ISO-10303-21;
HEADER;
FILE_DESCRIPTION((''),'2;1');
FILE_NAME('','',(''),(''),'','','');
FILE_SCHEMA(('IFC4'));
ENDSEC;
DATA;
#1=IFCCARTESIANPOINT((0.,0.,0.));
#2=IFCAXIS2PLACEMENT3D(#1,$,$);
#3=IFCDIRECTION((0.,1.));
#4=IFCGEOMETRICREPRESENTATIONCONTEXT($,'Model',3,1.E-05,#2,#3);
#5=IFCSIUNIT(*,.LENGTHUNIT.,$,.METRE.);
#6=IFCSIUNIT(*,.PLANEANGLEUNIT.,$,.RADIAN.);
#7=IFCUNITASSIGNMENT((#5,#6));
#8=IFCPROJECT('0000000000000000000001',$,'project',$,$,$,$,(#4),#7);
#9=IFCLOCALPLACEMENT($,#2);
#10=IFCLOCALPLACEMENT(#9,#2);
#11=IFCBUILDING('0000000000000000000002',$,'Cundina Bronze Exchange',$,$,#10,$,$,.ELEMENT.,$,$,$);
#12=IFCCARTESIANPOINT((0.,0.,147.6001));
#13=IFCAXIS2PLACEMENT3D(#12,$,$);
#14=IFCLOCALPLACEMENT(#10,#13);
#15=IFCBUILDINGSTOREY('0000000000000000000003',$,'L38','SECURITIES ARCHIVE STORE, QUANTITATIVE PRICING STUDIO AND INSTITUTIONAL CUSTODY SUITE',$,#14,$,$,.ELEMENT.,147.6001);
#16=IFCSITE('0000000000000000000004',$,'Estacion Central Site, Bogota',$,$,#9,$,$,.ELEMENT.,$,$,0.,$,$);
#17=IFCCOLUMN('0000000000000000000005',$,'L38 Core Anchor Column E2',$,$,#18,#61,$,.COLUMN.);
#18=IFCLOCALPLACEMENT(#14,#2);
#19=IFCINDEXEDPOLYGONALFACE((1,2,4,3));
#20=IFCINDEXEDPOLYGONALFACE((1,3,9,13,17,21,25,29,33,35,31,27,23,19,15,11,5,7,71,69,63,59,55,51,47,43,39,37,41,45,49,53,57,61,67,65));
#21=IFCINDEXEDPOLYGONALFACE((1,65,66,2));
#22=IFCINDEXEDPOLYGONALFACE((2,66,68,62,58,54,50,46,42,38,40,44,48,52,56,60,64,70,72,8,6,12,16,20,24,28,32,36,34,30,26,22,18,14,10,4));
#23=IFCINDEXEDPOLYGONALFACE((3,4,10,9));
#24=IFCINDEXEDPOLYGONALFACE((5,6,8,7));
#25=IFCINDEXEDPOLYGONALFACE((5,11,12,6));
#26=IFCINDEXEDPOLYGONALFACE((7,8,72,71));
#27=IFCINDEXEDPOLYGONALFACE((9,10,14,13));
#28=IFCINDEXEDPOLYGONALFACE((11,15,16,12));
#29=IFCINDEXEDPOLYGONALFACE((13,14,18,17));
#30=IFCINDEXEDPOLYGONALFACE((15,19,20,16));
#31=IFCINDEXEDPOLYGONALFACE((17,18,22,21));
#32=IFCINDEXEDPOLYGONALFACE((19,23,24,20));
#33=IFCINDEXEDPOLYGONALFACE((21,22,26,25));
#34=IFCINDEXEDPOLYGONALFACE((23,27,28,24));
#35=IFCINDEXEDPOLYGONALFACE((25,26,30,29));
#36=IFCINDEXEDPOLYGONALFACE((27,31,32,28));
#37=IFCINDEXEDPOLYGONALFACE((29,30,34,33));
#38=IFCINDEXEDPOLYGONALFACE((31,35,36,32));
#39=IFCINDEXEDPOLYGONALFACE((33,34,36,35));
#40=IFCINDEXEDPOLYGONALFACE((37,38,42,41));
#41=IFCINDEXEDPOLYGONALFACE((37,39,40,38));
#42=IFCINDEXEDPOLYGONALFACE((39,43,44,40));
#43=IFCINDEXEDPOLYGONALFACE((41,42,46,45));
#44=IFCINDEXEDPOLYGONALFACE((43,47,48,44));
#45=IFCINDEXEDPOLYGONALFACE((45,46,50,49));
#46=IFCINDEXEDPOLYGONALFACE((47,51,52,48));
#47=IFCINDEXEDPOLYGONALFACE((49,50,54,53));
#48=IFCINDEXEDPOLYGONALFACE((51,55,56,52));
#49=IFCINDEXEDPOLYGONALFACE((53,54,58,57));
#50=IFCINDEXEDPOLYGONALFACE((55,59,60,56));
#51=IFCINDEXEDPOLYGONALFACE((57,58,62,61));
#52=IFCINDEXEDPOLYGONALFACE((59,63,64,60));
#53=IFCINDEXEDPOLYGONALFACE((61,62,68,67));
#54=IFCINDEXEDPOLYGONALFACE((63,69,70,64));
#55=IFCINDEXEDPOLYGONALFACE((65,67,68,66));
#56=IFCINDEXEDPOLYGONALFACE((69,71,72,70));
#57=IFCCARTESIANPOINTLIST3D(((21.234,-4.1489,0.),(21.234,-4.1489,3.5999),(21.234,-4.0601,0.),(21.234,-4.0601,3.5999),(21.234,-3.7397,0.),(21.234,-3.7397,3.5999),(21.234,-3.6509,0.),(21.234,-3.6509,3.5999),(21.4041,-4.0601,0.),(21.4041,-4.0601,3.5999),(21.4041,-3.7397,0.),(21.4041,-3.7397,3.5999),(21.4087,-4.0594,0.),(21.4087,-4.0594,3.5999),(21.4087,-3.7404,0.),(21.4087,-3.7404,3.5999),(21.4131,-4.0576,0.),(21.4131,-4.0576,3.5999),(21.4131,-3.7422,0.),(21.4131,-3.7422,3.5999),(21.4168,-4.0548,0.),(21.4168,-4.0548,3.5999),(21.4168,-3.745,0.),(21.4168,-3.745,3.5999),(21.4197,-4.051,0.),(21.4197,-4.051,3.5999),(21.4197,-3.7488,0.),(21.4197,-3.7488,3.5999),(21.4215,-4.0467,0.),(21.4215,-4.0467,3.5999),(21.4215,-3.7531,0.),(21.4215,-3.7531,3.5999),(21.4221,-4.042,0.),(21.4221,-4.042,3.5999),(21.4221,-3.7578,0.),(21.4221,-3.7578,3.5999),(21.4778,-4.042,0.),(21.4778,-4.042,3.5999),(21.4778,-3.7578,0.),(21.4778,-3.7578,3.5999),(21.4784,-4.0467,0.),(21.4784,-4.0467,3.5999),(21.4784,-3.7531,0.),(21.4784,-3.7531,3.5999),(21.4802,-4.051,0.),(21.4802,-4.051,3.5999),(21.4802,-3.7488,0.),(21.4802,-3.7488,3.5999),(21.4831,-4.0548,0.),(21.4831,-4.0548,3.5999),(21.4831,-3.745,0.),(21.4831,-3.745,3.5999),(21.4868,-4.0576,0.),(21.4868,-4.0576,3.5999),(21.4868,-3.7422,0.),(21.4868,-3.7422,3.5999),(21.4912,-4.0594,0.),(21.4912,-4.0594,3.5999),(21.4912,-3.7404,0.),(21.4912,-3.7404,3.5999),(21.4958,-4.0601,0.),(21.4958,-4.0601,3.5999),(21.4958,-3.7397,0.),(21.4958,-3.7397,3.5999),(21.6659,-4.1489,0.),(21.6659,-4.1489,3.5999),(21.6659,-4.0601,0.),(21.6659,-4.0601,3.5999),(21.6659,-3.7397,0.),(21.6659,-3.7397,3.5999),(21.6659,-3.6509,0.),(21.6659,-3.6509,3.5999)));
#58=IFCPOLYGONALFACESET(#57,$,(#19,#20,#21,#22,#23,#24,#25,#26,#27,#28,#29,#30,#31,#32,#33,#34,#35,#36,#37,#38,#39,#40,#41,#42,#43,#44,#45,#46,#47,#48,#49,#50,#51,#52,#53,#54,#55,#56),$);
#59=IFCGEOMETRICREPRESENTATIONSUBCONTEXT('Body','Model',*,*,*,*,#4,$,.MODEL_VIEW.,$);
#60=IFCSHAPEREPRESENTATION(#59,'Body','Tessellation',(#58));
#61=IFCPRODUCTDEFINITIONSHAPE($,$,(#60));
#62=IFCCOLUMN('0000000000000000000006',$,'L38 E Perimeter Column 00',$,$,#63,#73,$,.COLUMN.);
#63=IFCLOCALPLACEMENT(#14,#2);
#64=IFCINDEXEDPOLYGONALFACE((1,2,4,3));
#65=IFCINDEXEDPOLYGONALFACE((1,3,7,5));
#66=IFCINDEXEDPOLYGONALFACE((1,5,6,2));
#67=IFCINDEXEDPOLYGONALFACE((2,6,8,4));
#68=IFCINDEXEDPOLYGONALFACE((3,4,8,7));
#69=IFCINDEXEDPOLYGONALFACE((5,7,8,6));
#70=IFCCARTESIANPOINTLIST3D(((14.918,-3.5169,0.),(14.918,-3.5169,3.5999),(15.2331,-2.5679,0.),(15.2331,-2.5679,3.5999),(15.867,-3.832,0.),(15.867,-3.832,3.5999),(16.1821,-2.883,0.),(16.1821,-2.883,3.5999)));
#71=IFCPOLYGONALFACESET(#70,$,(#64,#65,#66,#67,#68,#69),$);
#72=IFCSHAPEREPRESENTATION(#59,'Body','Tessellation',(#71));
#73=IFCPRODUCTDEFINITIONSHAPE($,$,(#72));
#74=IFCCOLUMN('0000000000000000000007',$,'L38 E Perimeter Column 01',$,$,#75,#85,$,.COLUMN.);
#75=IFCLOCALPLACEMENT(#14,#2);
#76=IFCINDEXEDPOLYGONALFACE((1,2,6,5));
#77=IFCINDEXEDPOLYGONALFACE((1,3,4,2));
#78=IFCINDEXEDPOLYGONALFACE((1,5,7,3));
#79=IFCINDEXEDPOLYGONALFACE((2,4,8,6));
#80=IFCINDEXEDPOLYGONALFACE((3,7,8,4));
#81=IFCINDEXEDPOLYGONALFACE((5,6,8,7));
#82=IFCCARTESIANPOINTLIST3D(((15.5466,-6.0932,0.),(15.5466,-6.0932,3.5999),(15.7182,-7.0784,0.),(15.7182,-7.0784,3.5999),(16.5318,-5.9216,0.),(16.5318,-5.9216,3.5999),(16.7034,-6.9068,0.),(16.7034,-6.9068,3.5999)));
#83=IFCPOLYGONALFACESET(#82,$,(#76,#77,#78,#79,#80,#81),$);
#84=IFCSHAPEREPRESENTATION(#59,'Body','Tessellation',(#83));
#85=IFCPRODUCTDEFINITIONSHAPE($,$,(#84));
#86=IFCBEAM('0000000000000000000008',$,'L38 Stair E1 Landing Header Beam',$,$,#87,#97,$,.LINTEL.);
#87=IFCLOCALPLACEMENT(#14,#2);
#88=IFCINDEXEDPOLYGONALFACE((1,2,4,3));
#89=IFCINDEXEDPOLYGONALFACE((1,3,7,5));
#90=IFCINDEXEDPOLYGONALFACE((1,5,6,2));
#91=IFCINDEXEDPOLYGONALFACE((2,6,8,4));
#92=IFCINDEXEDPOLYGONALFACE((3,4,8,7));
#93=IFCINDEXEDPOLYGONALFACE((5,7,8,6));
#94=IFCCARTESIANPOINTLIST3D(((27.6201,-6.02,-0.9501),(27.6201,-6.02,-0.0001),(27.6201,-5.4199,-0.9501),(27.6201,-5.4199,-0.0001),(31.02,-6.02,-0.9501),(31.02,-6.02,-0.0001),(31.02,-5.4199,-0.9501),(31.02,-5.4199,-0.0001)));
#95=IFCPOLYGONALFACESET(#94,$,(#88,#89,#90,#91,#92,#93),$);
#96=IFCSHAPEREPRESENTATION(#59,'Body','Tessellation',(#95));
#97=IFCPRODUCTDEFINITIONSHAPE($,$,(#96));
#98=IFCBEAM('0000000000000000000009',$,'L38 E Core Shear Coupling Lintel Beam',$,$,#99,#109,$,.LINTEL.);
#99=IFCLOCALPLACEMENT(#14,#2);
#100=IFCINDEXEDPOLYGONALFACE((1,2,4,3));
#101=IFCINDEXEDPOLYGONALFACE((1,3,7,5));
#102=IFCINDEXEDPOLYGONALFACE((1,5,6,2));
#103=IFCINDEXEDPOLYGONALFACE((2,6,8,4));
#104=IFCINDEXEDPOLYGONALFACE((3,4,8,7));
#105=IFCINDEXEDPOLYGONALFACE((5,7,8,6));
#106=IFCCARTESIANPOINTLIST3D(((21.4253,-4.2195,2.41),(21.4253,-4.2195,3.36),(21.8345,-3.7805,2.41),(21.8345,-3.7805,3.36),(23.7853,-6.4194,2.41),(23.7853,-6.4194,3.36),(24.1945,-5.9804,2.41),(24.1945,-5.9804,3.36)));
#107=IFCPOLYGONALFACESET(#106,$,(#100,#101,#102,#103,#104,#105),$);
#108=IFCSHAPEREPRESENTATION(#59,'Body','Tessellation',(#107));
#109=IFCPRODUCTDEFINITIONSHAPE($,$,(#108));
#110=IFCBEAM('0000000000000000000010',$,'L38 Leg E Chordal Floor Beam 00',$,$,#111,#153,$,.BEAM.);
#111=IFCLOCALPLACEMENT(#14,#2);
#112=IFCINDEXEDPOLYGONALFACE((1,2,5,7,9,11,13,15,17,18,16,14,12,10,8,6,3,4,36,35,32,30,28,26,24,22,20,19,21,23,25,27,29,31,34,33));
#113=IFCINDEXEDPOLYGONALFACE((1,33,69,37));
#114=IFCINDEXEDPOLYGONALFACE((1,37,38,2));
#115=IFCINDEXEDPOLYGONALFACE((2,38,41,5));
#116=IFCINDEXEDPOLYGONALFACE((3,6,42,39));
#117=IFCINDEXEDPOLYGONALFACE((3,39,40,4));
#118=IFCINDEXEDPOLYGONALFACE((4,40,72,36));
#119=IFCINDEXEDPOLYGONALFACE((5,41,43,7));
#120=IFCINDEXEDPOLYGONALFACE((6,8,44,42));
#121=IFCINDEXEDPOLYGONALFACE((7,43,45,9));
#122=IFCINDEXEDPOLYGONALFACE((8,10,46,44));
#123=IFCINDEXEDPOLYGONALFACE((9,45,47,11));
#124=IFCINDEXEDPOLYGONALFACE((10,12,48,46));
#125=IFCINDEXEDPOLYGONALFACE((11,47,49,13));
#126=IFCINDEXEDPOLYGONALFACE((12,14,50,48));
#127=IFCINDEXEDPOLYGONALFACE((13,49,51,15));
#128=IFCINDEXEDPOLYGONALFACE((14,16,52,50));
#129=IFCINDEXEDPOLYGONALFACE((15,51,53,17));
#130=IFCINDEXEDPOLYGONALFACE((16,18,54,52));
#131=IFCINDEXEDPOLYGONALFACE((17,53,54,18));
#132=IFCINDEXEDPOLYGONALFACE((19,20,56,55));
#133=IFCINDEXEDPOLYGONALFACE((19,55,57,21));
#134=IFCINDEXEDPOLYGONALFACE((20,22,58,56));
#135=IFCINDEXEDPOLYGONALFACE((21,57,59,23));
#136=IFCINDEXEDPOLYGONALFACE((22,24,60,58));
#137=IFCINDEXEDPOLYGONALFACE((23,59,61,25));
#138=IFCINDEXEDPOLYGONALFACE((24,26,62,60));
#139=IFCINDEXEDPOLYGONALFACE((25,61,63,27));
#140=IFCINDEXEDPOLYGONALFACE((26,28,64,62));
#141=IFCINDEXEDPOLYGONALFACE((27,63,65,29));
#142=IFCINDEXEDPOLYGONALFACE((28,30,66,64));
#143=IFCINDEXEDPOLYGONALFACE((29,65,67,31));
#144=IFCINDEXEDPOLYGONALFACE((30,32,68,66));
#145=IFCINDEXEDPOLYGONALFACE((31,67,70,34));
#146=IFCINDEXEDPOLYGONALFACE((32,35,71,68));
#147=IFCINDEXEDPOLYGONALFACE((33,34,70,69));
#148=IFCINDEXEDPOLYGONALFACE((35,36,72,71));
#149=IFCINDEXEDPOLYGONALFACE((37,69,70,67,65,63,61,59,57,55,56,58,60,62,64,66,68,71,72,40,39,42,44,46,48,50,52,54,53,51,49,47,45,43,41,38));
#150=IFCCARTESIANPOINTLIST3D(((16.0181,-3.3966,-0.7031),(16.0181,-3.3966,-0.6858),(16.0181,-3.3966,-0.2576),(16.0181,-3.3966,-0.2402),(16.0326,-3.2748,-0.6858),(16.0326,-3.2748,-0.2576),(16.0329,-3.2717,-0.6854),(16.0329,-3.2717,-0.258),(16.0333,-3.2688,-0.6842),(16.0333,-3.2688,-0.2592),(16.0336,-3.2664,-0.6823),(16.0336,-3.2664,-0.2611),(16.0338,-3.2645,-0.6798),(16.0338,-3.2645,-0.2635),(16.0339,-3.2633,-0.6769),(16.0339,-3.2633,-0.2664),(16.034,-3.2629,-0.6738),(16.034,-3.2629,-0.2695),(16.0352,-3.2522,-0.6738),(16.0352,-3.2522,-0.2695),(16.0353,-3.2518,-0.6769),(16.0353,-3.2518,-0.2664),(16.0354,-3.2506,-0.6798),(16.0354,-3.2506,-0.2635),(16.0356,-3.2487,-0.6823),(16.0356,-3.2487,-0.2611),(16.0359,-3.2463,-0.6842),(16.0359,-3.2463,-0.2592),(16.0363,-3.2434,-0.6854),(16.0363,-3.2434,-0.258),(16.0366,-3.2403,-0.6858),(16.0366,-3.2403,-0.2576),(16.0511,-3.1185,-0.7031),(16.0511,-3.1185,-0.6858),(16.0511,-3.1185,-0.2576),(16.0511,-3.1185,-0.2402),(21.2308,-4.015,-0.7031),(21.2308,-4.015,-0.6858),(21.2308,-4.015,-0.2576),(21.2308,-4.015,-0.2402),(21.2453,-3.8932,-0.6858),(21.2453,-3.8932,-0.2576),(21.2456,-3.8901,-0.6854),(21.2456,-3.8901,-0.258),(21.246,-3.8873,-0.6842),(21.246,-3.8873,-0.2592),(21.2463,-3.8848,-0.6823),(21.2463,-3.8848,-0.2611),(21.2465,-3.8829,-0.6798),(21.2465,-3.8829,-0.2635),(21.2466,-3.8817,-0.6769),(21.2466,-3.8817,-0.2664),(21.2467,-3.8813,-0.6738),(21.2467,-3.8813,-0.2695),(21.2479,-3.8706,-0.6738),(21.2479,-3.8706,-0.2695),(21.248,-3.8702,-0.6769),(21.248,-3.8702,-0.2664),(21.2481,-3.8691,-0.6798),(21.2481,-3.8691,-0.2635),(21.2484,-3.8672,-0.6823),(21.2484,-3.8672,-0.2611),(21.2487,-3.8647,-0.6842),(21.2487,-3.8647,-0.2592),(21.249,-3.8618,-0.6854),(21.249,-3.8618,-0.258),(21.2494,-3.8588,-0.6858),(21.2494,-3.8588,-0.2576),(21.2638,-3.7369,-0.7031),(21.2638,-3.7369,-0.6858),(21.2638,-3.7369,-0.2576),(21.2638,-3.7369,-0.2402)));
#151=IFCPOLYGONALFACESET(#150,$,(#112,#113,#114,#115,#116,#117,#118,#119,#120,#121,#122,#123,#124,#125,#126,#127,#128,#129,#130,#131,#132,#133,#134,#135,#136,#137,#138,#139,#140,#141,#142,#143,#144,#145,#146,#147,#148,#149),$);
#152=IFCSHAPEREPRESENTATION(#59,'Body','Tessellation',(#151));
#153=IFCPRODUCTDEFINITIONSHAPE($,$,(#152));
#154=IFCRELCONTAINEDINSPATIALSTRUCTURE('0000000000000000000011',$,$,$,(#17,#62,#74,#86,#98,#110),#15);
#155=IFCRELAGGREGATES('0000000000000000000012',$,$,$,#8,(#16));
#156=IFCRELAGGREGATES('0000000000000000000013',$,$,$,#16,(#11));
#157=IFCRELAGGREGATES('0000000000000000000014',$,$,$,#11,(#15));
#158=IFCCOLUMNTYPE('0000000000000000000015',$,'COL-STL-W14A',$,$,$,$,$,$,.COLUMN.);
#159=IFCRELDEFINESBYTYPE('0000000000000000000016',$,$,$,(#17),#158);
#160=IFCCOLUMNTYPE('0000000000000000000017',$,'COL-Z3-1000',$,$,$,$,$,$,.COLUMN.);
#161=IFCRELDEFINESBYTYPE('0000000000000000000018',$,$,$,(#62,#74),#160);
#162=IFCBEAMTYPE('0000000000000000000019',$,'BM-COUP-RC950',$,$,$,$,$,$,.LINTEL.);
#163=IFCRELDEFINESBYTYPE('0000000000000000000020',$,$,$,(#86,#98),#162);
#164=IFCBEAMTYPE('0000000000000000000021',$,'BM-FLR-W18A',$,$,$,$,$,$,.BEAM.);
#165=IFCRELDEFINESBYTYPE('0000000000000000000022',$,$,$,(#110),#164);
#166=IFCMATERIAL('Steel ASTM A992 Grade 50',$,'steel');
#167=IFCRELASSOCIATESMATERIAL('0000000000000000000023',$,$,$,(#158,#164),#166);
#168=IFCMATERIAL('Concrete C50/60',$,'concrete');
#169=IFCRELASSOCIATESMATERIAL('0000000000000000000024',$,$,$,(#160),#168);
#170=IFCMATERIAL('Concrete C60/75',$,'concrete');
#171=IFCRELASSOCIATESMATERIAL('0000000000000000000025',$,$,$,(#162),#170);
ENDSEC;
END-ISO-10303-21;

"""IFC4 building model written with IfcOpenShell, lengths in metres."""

from ifc_helpers import new_model, si_unit, direction, frame, origin, origin_2d, place, context, subcontext, project, spatial, rectangle, i_section, extrude, material, material_profile, profile_set, type_object, element, save


model = new_model("IFC4")

# Units and contexts
model_context = context("Model", 3, precision=1e-05, world=origin(), true_north=direction((0.0, 1.0)))
body_context = subcontext(model_context, "Body", "Model", "MODEL_VIEW")
ifc_project = project(units=[si_unit("LENGTHUNIT", "METRE"), si_unit("PLANEANGLEUNIT", "RADIAN")], contexts=[model_context])

# Site, building, storey
site_placement = place(None, origin())
site = spatial("IfcSite", under=ifc_project, at=site_placement, Name="Estacion Central Site, Bogota", CompositionType="ELEMENT", RefElevation=0.0)
building_placement = place(site_placement, origin())
building = spatial("IfcBuilding", under=site, at=building_placement, Name="Cundina Bronze Exchange", CompositionType="ELEMENT")
storey_placement = place(building_placement, frame((0.0, 0.0, 147.6001)))
storey = spatial("IfcBuildingStorey", under=building, at=storey_placement, Name="L38", Description="SECURITIES ARCHIVE STORE, QUANTITATIVE PRICING STUDIO AND INSTITUTIONAL CUSTODY SUITE", CompositionType="ELEMENT", Elevation=147.6001)

# Columns
ifc_material_1 = material(Name="Steel ASTM A992 Grade 50", Category="steel")
ifc_material_profile_1 = material_profile(ifc_material_1, i_section(OverallWidth=0.4319, OverallDepth=0.498, WebThickness=0.0557, FlangeThickness=0.0889, FilletRadius=0.0181, at=origin_2d()), Name="W14X500", Category="steel")
ifc_profile_set_1 = profile_set([ifc_material_profile_1], Name="Steel ASTM A992 Grade 50")
column_type_1 = type_object("IfcColumnType", Name="COL-STL-W14A", PredefinedType="COLUMN", material=ifc_profile_set_1)
column_placement = place(storey_placement, frame((21.45, -3.8999, 0.0), z_axis=(0.0, 0.0, 1.0), x_axis=(1.0, 0.0, 0.0)))
element("IfcColumn", 1, at=column_placement, inside=storey, type_object=column_type_1, Name="L38 Core Anchor Column E2", PredefinedType="COLUMN", context=body_context, shape_type="SweptSolid", body=[
    extrude(i_section(OverallWidth=0.4319, OverallDepth=0.498, WebThickness=0.0557, FlangeThickness=0.0889, FilletRadius=0.0181, at=origin_2d()), origin(), (0.0, 0.0, 1.0), 3.5999),
])
ifc_material_2 = material(Name="Concrete C50/60", Category="concrete")
ifc_material_profile_2 = material_profile(ifc_material_2, rectangle(XDim=1.0, YDim=1.0, at=origin_2d()), Name="RC1000X1000", Category="concrete")
ifc_profile_set_2 = profile_set([ifc_material_profile_2], Name="Concrete C50/60")
column_type_2 = type_object("IfcColumnType", Name="COL-Z3-1000", PredefinedType="COLUMN", material=ifc_profile_set_2)
for number, where, z_axis, x_axis, name in (
    (2, (15.55, -3.2, 0.0), (0.0, 0.0, 1.0), (-0.315152, -0.949041, 0.0), "L38 E Perimeter Column 00"),
    (3, (16.125, -6.5, 0.0), (0.0, 0.0, 1.0), (0.171585, -0.985169, 0.0), "L38 E Perimeter Column 01"),
):
    element("IfcColumn", number, at=place(storey_placement, frame(where, z_axis=z_axis, x_axis=x_axis)), inside=storey, type_object=column_type_2, Name=name, PredefinedType="COLUMN", context=body_context, shape_type="SweptSolid", body=[
        extrude(rectangle(XDim=1.0, YDim=1.0, at=origin_2d()), origin(), (0.0, 0.0, 1.0), 3.5999),
    ])

# Beams
ifc_material_3 = material(Name="Concrete C60/75", Category="concrete")
ifc_material_profile_3 = material_profile(ifc_material_3, rectangle(XDim=0.6001, YDim=0.95, at=origin_2d()), Name="RC600X950", Category="concrete")
ifc_profile_set_3 = profile_set([ifc_material_profile_3], Name="Concrete C60/75")
beam_type_1 = type_object("IfcBeamType", Name="BM-COUP-RC950", PredefinedType="LINTEL", material=ifc_profile_set_3)
beam_1_placement = place(storey_placement, frame((27.6201, -5.72, -0.4751), z_axis=(1.0, 0.0, 0.0), x_axis=(0.0, 1.0, 0.0)))
element("IfcBeam", 4, at=beam_1_placement, inside=storey, type_object=beam_type_1, Name="L38 Stair E1 Landing Header Beam", PredefinedType="LINTEL", context=body_context, shape_type="SweptSolid", body=[
    extrude(rectangle(XDim=0.6001, YDim=0.95, at=origin_2d()), origin(), (0.0, 0.0, 1.0), 3.3999),
])
beam_2_placement = place(storey_placement, frame((21.6299, -4.0, 2.885), z_axis=(0.73149, -0.681852, 0.0), x_axis=(0.681852, 0.73149, 0.0)))
element("IfcBeam", 5, at=beam_2_placement, inside=storey, type_object=beam_type_1, Name="L38 E Core Shear Coupling Lintel Beam", PredefinedType="LINTEL", context=body_context, shape_type="SweptSolid", body=[
    extrude(rectangle(XDim=0.6001, YDim=0.95, at=origin_2d()), origin(), (0.0, 0.0, 1.0), 3.2263),
])
ifc_material_profile_4 = material_profile(ifc_material_1, i_section(OverallWidth=0.28, OverallDepth=0.4629, WebThickness=0.0107, FlangeThickness=0.0173, FilletRadius=0.012, at=origin_2d()), Name="W18X76", Category="steel")
ifc_profile_set_4 = profile_set([ifc_material_profile_4], Name="Steel ASTM A992 Grade 50")
beam_type_2 = type_object("IfcBeamType", Name="BM-FLR-W18A", PredefinedType="BEAM", material=ifc_profile_set_4)
beam_3_placement = place(storey_placement, frame((21.2473, -3.876, -0.4717), z_axis=(-0.993036, 0.11781, 0.0), x_axis=(-0.11781, -0.993036, 0.0)))
element("IfcBeam", 6, at=beam_3_placement, inside=storey, type_object=beam_type_2, Name="L38 Leg E Chordal Floor Beam 00", PredefinedType="BEAM", context=body_context, shape_type="SweptSolid", body=[
    extrude(i_section(OverallWidth=0.28, OverallDepth=0.4629, WebThickness=0.0107, FlangeThickness=0.0173, FilletRadius=0.012, at=origin_2d()), origin(), (0.0, 0.0, 1.0), 5.2493),
])

save(model, "model.ifc")
